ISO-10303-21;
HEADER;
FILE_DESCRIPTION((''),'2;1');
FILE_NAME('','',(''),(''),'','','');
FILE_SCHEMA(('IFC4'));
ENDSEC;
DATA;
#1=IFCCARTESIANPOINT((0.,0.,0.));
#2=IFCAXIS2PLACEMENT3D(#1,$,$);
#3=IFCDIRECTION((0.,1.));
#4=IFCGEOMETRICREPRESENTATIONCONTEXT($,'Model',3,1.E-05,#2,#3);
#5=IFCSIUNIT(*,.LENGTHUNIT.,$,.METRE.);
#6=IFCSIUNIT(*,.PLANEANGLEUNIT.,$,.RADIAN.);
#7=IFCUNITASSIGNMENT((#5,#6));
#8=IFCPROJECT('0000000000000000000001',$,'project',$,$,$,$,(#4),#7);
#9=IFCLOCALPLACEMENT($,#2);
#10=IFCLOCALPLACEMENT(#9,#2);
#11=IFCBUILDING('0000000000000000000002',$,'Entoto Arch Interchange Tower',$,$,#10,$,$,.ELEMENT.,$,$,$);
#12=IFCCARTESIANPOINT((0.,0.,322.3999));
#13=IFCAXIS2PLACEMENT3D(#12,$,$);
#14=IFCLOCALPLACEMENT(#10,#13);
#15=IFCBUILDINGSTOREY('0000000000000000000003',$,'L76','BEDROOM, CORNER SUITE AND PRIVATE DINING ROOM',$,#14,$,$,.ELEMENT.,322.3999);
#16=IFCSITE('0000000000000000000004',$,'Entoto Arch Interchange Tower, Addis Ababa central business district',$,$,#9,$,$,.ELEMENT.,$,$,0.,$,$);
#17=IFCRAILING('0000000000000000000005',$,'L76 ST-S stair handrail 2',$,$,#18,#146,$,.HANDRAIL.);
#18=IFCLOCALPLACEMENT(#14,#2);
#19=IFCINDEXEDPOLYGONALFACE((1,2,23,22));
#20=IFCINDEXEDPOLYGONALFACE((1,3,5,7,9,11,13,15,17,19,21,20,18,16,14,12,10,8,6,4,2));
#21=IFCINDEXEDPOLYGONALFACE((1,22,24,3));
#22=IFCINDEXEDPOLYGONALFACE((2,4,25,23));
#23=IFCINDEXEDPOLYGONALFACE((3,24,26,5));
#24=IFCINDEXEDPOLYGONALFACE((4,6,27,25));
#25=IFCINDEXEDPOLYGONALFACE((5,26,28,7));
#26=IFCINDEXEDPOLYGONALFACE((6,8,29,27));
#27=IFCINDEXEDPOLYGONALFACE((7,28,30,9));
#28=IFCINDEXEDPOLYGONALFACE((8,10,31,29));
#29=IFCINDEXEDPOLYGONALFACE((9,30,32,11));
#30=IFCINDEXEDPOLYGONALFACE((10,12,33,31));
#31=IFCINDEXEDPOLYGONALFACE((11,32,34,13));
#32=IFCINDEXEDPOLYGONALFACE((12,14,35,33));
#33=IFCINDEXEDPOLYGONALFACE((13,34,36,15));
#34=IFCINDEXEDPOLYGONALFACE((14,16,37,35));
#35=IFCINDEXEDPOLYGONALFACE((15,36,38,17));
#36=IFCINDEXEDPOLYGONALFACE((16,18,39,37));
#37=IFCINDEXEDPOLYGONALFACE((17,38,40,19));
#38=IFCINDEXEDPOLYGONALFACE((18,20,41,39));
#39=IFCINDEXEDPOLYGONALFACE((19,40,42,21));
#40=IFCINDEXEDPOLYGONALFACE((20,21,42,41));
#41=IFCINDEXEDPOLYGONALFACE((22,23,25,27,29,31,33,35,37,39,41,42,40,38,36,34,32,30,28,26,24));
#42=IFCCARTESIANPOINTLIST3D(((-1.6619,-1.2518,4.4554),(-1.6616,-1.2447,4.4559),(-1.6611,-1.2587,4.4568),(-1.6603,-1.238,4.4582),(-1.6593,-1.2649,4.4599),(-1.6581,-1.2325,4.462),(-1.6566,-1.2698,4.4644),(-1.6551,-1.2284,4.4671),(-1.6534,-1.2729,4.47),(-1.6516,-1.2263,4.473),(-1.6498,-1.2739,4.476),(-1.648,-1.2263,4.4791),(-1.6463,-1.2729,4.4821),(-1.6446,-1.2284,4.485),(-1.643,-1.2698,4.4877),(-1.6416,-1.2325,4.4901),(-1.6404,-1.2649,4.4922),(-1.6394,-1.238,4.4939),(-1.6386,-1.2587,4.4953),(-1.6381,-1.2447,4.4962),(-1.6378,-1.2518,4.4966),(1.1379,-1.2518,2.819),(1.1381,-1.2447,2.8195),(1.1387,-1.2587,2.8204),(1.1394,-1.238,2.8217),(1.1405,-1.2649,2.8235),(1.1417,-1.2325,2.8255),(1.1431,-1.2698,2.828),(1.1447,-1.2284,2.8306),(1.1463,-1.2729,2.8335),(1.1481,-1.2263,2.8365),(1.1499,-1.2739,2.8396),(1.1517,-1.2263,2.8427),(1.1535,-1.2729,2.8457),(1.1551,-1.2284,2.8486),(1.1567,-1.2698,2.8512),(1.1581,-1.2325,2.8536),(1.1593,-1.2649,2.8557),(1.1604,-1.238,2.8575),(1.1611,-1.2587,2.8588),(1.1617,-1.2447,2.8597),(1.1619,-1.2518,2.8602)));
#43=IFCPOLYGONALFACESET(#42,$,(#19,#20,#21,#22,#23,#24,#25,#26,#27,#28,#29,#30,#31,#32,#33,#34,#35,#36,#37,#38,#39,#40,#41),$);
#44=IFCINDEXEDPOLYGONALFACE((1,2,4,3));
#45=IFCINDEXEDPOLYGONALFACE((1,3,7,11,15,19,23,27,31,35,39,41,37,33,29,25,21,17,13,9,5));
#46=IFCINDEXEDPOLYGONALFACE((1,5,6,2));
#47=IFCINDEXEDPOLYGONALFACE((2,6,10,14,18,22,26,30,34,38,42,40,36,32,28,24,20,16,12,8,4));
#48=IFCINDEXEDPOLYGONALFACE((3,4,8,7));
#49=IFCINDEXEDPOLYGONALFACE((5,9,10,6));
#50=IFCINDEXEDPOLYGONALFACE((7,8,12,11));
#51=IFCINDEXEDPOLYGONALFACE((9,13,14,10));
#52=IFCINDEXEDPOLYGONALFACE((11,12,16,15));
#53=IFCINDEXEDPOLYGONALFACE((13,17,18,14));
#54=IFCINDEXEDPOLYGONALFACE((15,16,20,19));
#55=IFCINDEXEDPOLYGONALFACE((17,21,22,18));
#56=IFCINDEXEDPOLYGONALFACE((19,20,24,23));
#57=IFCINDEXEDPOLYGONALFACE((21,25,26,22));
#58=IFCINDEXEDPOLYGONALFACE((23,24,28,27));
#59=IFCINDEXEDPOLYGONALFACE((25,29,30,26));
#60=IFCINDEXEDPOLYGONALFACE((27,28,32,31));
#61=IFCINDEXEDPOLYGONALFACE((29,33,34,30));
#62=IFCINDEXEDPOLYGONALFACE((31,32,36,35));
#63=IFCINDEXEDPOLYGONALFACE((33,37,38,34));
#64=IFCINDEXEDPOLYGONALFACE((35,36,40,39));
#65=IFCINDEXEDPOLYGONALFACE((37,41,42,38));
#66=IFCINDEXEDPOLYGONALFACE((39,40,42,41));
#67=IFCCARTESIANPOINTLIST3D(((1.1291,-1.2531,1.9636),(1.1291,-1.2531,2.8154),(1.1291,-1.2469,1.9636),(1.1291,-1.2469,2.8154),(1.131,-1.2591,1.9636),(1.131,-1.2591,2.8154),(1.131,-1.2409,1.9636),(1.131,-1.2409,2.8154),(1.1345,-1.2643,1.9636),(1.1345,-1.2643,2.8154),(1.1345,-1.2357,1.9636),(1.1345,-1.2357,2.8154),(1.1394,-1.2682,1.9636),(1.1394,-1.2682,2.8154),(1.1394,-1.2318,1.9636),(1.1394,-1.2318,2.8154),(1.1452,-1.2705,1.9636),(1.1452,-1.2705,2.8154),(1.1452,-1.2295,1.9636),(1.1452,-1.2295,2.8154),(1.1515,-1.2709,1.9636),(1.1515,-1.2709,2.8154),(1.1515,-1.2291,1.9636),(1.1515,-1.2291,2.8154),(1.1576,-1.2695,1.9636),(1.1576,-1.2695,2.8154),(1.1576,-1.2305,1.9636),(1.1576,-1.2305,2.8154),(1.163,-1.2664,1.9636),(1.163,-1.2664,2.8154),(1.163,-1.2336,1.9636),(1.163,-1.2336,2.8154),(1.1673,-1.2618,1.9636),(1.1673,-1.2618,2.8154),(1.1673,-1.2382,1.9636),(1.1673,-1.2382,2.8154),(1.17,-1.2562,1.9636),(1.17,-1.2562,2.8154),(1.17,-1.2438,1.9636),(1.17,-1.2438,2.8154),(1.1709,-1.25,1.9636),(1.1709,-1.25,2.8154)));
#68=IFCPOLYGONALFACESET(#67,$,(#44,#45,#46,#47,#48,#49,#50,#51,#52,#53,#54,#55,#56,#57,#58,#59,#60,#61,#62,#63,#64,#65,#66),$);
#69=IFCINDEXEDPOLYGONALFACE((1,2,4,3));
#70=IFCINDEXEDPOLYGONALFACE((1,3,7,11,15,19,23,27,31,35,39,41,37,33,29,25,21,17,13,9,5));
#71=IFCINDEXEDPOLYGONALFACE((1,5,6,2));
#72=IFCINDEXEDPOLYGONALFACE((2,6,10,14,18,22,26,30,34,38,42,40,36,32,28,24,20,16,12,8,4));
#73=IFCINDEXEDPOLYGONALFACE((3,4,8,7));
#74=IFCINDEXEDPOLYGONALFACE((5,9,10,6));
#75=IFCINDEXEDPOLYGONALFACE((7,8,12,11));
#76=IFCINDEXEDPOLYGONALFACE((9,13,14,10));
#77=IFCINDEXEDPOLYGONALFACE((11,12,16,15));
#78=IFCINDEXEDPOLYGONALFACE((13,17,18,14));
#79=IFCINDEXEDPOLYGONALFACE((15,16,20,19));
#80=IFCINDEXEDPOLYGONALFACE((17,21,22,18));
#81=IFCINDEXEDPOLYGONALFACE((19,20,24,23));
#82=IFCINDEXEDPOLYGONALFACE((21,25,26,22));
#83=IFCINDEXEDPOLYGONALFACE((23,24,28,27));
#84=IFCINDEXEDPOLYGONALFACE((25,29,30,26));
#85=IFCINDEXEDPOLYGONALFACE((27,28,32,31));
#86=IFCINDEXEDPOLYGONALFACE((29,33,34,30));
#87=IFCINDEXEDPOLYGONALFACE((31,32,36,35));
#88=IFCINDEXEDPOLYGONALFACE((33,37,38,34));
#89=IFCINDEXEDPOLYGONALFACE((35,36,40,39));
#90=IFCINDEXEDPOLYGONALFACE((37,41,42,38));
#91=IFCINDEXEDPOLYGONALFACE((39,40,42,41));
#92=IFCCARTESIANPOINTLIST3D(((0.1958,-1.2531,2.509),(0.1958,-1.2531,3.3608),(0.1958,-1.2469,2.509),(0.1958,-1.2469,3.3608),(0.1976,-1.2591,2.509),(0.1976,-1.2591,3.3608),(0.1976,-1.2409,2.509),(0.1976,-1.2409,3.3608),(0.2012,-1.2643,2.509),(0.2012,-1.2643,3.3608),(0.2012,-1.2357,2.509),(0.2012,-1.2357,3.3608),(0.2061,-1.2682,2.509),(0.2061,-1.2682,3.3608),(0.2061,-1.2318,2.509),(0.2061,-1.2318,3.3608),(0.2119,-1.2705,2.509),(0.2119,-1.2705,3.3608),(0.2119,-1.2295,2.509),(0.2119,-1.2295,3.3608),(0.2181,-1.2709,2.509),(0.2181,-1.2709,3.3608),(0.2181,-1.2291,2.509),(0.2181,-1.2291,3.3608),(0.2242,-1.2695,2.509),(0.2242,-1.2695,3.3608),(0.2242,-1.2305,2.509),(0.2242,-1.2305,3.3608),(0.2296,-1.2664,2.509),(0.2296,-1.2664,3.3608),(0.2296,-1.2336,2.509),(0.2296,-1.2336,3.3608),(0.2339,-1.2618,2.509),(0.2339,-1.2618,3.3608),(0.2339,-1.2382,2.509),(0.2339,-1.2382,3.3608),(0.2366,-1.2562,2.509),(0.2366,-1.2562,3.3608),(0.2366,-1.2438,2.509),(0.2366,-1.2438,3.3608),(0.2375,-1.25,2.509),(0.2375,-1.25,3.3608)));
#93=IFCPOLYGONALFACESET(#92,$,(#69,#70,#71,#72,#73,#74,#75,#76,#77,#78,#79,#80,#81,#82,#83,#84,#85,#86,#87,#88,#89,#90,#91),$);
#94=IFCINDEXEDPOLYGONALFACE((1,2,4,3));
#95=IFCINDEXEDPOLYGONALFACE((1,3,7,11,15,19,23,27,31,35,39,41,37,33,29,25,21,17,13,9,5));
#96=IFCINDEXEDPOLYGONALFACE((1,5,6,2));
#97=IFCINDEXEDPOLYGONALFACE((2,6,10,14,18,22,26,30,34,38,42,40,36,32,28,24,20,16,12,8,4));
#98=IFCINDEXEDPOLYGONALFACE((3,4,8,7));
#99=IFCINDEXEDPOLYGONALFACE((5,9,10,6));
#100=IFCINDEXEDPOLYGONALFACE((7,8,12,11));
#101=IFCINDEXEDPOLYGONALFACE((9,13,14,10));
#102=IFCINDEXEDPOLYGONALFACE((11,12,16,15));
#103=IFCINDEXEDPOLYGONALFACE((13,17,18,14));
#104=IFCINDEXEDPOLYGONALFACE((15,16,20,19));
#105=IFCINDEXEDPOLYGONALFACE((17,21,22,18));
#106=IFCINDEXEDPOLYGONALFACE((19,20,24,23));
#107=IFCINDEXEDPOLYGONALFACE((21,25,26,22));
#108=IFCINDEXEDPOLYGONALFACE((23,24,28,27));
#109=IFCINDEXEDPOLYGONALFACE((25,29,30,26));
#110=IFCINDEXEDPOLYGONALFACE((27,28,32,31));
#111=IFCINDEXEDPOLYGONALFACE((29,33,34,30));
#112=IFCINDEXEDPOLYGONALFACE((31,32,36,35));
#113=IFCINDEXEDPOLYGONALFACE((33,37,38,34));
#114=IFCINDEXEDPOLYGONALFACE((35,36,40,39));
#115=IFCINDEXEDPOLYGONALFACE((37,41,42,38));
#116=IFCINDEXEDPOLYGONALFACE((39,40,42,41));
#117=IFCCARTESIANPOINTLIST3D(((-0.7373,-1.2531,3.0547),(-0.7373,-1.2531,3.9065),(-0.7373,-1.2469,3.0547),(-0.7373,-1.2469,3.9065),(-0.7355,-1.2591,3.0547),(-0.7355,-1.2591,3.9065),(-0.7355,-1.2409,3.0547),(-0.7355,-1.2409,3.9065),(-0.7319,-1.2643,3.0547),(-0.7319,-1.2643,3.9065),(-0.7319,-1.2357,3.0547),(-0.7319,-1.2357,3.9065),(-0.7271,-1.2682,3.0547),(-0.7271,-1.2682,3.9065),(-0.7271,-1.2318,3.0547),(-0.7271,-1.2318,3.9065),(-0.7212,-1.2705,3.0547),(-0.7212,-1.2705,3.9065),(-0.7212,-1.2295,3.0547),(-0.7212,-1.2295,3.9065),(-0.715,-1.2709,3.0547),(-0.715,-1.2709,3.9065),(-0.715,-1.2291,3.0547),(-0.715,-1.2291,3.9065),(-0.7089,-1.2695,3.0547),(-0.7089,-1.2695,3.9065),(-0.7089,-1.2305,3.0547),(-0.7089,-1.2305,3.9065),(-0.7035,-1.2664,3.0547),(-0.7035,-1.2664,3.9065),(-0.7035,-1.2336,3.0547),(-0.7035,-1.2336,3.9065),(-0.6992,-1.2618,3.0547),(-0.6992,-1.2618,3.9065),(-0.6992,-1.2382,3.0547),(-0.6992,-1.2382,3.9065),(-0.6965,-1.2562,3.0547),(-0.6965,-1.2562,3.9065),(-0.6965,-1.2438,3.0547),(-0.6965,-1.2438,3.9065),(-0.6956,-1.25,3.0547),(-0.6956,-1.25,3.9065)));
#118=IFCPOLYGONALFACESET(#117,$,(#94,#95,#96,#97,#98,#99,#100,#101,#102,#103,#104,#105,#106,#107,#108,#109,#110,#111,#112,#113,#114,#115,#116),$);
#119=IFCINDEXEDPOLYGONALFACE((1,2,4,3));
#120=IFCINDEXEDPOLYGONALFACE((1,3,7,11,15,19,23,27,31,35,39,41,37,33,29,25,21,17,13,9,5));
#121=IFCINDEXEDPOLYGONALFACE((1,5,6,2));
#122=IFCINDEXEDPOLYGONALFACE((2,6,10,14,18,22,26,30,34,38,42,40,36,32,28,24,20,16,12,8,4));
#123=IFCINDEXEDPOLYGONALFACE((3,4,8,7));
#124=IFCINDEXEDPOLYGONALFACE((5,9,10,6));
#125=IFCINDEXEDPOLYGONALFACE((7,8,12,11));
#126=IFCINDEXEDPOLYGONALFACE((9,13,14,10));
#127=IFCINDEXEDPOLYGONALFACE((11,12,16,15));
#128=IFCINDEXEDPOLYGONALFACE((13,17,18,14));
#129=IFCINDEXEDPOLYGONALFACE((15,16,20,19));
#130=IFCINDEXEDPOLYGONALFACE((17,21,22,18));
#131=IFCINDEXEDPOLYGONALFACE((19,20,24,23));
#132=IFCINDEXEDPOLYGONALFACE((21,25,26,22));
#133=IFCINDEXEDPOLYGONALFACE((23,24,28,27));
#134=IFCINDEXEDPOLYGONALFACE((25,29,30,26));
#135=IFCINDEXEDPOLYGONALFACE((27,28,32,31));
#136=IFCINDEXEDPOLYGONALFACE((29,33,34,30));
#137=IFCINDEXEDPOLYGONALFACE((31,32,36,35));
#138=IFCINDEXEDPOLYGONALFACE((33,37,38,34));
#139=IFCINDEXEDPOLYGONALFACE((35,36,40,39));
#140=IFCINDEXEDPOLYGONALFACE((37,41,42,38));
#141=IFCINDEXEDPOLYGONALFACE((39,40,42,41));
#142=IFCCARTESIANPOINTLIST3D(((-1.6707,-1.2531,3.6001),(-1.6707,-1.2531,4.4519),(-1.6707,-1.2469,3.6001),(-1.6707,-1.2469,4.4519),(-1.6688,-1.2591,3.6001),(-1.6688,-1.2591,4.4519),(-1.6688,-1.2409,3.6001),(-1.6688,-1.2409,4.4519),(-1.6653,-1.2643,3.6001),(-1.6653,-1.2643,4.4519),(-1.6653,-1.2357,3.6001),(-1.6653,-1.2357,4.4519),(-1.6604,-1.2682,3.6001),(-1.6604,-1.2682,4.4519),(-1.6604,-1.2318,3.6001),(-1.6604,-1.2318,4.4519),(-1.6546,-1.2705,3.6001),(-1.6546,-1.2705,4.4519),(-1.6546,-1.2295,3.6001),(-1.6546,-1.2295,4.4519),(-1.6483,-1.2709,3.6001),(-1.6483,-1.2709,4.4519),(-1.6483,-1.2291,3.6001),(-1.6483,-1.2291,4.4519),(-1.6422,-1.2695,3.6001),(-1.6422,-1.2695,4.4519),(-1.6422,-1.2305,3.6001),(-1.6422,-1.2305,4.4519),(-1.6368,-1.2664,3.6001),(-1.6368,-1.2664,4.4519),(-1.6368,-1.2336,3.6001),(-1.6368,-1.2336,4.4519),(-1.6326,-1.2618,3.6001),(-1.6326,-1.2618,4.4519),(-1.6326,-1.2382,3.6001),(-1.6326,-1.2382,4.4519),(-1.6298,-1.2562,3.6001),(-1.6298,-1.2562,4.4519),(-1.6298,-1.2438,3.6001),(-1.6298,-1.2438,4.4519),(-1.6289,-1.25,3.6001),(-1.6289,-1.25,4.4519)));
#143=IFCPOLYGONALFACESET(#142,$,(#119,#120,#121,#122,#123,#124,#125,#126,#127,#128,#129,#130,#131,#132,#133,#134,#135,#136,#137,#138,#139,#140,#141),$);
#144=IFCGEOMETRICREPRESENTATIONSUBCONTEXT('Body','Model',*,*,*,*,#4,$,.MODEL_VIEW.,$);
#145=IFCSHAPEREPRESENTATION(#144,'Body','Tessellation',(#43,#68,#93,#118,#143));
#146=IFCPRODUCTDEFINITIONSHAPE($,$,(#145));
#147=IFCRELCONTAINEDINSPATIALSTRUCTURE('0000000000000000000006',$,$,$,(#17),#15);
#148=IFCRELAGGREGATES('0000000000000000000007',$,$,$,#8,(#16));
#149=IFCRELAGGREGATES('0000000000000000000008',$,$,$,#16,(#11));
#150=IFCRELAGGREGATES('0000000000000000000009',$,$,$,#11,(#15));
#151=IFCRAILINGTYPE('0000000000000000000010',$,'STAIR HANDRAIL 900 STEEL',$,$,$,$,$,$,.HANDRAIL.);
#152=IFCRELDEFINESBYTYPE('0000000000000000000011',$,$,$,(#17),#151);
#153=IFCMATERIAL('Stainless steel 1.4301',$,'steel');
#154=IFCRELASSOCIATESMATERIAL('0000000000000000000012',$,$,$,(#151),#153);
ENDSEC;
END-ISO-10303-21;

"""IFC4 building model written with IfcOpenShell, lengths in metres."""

from ifc_helpers import new_model, si_unit, direction, frame, origin, origin_2d, place, context, subcontext, project, spatial, circle, extrude, material, type_object, element, save


model = new_model("IFC4")

# Units and contexts
model_context = context("Model", 3, precision=1e-05, world=origin(), true_north=direction((0.0, 1.0)))
body_context = subcontext(model_context, "Body", "Model", "MODEL_VIEW")
ifc_project = project(units=[si_unit("LENGTHUNIT", "METRE"), si_unit("PLANEANGLEUNIT", "RADIAN")], contexts=[model_context])

# Site, building, storey
site_placement = place(None, origin())
site = spatial("IfcSite", under=ifc_project, at=site_placement, Name="Entoto Arch Interchange Tower, Addis Ababa central business district", CompositionType="ELEMENT", RefElevation=0.0)
building_placement = place(site_placement, origin())
building = spatial("IfcBuilding", under=site, at=building_placement, Name="Entoto Arch Interchange Tower", CompositionType="ELEMENT")
storey_placement = place(building_placement, frame((0.0, 0.0, 322.3999)))
storey = spatial("IfcBuildingStorey", under=building, at=storey_placement, Name="L76", Description="BEDROOM, CORNER SUITE AND PRIVATE DINING ROOM", CompositionType="ELEMENT", Elevation=322.3999)

# Railing
ifc_material_1 = material(Name="Stainless steel 1.4301", Category="steel")
railing_type_1 = type_object("IfcRailingType", Name="STAIR HANDRAIL 900 STEEL", PredefinedType="HANDRAIL", material=ifc_material_1)
railing_1_placement = place(storey_placement, frame((1.1499, -1.25, 1.9636)))
element("IfcRailing", 1, at=railing_1_placement, inside=storey, type_object=railing_type_1, Name="L76 ST-S stair handrail 2", PredefinedType="HANDRAIL", context=body_context, shape_type="SweptSolid", body=[
    extrude(circle(Radius=0.0239, at=origin_2d()), frame((0.0, 0.0, 0.876), z_axis=(-0.863342, 0.0, 0.50462), x_axis=(0.0, -1.0, 0.0)), (0.0, 0.0, 1.0), 3.2429),
    extrude(circle(Radius=0.021, at=origin_2d()), origin(), (0.0, 0.0, 1.0), 0.8518),
    extrude(circle(Radius=0.021, at=origin_2d()), frame((-0.9333, 0.0, 0.5454)), (0.0, 0.0, 1.0), 0.8518),
    extrude(circle(Radius=0.021, at=origin_2d()), frame((-1.8665, 0.0, 1.0911)), (0.0, 0.0, 1.0), 0.8518),
    extrude(circle(Radius=0.021, at=origin_2d()), frame((-2.7998, 0.0, 1.6365)), (0.0, 0.0, 1.0), 0.8518),
])

save(model, "model.ifc")
